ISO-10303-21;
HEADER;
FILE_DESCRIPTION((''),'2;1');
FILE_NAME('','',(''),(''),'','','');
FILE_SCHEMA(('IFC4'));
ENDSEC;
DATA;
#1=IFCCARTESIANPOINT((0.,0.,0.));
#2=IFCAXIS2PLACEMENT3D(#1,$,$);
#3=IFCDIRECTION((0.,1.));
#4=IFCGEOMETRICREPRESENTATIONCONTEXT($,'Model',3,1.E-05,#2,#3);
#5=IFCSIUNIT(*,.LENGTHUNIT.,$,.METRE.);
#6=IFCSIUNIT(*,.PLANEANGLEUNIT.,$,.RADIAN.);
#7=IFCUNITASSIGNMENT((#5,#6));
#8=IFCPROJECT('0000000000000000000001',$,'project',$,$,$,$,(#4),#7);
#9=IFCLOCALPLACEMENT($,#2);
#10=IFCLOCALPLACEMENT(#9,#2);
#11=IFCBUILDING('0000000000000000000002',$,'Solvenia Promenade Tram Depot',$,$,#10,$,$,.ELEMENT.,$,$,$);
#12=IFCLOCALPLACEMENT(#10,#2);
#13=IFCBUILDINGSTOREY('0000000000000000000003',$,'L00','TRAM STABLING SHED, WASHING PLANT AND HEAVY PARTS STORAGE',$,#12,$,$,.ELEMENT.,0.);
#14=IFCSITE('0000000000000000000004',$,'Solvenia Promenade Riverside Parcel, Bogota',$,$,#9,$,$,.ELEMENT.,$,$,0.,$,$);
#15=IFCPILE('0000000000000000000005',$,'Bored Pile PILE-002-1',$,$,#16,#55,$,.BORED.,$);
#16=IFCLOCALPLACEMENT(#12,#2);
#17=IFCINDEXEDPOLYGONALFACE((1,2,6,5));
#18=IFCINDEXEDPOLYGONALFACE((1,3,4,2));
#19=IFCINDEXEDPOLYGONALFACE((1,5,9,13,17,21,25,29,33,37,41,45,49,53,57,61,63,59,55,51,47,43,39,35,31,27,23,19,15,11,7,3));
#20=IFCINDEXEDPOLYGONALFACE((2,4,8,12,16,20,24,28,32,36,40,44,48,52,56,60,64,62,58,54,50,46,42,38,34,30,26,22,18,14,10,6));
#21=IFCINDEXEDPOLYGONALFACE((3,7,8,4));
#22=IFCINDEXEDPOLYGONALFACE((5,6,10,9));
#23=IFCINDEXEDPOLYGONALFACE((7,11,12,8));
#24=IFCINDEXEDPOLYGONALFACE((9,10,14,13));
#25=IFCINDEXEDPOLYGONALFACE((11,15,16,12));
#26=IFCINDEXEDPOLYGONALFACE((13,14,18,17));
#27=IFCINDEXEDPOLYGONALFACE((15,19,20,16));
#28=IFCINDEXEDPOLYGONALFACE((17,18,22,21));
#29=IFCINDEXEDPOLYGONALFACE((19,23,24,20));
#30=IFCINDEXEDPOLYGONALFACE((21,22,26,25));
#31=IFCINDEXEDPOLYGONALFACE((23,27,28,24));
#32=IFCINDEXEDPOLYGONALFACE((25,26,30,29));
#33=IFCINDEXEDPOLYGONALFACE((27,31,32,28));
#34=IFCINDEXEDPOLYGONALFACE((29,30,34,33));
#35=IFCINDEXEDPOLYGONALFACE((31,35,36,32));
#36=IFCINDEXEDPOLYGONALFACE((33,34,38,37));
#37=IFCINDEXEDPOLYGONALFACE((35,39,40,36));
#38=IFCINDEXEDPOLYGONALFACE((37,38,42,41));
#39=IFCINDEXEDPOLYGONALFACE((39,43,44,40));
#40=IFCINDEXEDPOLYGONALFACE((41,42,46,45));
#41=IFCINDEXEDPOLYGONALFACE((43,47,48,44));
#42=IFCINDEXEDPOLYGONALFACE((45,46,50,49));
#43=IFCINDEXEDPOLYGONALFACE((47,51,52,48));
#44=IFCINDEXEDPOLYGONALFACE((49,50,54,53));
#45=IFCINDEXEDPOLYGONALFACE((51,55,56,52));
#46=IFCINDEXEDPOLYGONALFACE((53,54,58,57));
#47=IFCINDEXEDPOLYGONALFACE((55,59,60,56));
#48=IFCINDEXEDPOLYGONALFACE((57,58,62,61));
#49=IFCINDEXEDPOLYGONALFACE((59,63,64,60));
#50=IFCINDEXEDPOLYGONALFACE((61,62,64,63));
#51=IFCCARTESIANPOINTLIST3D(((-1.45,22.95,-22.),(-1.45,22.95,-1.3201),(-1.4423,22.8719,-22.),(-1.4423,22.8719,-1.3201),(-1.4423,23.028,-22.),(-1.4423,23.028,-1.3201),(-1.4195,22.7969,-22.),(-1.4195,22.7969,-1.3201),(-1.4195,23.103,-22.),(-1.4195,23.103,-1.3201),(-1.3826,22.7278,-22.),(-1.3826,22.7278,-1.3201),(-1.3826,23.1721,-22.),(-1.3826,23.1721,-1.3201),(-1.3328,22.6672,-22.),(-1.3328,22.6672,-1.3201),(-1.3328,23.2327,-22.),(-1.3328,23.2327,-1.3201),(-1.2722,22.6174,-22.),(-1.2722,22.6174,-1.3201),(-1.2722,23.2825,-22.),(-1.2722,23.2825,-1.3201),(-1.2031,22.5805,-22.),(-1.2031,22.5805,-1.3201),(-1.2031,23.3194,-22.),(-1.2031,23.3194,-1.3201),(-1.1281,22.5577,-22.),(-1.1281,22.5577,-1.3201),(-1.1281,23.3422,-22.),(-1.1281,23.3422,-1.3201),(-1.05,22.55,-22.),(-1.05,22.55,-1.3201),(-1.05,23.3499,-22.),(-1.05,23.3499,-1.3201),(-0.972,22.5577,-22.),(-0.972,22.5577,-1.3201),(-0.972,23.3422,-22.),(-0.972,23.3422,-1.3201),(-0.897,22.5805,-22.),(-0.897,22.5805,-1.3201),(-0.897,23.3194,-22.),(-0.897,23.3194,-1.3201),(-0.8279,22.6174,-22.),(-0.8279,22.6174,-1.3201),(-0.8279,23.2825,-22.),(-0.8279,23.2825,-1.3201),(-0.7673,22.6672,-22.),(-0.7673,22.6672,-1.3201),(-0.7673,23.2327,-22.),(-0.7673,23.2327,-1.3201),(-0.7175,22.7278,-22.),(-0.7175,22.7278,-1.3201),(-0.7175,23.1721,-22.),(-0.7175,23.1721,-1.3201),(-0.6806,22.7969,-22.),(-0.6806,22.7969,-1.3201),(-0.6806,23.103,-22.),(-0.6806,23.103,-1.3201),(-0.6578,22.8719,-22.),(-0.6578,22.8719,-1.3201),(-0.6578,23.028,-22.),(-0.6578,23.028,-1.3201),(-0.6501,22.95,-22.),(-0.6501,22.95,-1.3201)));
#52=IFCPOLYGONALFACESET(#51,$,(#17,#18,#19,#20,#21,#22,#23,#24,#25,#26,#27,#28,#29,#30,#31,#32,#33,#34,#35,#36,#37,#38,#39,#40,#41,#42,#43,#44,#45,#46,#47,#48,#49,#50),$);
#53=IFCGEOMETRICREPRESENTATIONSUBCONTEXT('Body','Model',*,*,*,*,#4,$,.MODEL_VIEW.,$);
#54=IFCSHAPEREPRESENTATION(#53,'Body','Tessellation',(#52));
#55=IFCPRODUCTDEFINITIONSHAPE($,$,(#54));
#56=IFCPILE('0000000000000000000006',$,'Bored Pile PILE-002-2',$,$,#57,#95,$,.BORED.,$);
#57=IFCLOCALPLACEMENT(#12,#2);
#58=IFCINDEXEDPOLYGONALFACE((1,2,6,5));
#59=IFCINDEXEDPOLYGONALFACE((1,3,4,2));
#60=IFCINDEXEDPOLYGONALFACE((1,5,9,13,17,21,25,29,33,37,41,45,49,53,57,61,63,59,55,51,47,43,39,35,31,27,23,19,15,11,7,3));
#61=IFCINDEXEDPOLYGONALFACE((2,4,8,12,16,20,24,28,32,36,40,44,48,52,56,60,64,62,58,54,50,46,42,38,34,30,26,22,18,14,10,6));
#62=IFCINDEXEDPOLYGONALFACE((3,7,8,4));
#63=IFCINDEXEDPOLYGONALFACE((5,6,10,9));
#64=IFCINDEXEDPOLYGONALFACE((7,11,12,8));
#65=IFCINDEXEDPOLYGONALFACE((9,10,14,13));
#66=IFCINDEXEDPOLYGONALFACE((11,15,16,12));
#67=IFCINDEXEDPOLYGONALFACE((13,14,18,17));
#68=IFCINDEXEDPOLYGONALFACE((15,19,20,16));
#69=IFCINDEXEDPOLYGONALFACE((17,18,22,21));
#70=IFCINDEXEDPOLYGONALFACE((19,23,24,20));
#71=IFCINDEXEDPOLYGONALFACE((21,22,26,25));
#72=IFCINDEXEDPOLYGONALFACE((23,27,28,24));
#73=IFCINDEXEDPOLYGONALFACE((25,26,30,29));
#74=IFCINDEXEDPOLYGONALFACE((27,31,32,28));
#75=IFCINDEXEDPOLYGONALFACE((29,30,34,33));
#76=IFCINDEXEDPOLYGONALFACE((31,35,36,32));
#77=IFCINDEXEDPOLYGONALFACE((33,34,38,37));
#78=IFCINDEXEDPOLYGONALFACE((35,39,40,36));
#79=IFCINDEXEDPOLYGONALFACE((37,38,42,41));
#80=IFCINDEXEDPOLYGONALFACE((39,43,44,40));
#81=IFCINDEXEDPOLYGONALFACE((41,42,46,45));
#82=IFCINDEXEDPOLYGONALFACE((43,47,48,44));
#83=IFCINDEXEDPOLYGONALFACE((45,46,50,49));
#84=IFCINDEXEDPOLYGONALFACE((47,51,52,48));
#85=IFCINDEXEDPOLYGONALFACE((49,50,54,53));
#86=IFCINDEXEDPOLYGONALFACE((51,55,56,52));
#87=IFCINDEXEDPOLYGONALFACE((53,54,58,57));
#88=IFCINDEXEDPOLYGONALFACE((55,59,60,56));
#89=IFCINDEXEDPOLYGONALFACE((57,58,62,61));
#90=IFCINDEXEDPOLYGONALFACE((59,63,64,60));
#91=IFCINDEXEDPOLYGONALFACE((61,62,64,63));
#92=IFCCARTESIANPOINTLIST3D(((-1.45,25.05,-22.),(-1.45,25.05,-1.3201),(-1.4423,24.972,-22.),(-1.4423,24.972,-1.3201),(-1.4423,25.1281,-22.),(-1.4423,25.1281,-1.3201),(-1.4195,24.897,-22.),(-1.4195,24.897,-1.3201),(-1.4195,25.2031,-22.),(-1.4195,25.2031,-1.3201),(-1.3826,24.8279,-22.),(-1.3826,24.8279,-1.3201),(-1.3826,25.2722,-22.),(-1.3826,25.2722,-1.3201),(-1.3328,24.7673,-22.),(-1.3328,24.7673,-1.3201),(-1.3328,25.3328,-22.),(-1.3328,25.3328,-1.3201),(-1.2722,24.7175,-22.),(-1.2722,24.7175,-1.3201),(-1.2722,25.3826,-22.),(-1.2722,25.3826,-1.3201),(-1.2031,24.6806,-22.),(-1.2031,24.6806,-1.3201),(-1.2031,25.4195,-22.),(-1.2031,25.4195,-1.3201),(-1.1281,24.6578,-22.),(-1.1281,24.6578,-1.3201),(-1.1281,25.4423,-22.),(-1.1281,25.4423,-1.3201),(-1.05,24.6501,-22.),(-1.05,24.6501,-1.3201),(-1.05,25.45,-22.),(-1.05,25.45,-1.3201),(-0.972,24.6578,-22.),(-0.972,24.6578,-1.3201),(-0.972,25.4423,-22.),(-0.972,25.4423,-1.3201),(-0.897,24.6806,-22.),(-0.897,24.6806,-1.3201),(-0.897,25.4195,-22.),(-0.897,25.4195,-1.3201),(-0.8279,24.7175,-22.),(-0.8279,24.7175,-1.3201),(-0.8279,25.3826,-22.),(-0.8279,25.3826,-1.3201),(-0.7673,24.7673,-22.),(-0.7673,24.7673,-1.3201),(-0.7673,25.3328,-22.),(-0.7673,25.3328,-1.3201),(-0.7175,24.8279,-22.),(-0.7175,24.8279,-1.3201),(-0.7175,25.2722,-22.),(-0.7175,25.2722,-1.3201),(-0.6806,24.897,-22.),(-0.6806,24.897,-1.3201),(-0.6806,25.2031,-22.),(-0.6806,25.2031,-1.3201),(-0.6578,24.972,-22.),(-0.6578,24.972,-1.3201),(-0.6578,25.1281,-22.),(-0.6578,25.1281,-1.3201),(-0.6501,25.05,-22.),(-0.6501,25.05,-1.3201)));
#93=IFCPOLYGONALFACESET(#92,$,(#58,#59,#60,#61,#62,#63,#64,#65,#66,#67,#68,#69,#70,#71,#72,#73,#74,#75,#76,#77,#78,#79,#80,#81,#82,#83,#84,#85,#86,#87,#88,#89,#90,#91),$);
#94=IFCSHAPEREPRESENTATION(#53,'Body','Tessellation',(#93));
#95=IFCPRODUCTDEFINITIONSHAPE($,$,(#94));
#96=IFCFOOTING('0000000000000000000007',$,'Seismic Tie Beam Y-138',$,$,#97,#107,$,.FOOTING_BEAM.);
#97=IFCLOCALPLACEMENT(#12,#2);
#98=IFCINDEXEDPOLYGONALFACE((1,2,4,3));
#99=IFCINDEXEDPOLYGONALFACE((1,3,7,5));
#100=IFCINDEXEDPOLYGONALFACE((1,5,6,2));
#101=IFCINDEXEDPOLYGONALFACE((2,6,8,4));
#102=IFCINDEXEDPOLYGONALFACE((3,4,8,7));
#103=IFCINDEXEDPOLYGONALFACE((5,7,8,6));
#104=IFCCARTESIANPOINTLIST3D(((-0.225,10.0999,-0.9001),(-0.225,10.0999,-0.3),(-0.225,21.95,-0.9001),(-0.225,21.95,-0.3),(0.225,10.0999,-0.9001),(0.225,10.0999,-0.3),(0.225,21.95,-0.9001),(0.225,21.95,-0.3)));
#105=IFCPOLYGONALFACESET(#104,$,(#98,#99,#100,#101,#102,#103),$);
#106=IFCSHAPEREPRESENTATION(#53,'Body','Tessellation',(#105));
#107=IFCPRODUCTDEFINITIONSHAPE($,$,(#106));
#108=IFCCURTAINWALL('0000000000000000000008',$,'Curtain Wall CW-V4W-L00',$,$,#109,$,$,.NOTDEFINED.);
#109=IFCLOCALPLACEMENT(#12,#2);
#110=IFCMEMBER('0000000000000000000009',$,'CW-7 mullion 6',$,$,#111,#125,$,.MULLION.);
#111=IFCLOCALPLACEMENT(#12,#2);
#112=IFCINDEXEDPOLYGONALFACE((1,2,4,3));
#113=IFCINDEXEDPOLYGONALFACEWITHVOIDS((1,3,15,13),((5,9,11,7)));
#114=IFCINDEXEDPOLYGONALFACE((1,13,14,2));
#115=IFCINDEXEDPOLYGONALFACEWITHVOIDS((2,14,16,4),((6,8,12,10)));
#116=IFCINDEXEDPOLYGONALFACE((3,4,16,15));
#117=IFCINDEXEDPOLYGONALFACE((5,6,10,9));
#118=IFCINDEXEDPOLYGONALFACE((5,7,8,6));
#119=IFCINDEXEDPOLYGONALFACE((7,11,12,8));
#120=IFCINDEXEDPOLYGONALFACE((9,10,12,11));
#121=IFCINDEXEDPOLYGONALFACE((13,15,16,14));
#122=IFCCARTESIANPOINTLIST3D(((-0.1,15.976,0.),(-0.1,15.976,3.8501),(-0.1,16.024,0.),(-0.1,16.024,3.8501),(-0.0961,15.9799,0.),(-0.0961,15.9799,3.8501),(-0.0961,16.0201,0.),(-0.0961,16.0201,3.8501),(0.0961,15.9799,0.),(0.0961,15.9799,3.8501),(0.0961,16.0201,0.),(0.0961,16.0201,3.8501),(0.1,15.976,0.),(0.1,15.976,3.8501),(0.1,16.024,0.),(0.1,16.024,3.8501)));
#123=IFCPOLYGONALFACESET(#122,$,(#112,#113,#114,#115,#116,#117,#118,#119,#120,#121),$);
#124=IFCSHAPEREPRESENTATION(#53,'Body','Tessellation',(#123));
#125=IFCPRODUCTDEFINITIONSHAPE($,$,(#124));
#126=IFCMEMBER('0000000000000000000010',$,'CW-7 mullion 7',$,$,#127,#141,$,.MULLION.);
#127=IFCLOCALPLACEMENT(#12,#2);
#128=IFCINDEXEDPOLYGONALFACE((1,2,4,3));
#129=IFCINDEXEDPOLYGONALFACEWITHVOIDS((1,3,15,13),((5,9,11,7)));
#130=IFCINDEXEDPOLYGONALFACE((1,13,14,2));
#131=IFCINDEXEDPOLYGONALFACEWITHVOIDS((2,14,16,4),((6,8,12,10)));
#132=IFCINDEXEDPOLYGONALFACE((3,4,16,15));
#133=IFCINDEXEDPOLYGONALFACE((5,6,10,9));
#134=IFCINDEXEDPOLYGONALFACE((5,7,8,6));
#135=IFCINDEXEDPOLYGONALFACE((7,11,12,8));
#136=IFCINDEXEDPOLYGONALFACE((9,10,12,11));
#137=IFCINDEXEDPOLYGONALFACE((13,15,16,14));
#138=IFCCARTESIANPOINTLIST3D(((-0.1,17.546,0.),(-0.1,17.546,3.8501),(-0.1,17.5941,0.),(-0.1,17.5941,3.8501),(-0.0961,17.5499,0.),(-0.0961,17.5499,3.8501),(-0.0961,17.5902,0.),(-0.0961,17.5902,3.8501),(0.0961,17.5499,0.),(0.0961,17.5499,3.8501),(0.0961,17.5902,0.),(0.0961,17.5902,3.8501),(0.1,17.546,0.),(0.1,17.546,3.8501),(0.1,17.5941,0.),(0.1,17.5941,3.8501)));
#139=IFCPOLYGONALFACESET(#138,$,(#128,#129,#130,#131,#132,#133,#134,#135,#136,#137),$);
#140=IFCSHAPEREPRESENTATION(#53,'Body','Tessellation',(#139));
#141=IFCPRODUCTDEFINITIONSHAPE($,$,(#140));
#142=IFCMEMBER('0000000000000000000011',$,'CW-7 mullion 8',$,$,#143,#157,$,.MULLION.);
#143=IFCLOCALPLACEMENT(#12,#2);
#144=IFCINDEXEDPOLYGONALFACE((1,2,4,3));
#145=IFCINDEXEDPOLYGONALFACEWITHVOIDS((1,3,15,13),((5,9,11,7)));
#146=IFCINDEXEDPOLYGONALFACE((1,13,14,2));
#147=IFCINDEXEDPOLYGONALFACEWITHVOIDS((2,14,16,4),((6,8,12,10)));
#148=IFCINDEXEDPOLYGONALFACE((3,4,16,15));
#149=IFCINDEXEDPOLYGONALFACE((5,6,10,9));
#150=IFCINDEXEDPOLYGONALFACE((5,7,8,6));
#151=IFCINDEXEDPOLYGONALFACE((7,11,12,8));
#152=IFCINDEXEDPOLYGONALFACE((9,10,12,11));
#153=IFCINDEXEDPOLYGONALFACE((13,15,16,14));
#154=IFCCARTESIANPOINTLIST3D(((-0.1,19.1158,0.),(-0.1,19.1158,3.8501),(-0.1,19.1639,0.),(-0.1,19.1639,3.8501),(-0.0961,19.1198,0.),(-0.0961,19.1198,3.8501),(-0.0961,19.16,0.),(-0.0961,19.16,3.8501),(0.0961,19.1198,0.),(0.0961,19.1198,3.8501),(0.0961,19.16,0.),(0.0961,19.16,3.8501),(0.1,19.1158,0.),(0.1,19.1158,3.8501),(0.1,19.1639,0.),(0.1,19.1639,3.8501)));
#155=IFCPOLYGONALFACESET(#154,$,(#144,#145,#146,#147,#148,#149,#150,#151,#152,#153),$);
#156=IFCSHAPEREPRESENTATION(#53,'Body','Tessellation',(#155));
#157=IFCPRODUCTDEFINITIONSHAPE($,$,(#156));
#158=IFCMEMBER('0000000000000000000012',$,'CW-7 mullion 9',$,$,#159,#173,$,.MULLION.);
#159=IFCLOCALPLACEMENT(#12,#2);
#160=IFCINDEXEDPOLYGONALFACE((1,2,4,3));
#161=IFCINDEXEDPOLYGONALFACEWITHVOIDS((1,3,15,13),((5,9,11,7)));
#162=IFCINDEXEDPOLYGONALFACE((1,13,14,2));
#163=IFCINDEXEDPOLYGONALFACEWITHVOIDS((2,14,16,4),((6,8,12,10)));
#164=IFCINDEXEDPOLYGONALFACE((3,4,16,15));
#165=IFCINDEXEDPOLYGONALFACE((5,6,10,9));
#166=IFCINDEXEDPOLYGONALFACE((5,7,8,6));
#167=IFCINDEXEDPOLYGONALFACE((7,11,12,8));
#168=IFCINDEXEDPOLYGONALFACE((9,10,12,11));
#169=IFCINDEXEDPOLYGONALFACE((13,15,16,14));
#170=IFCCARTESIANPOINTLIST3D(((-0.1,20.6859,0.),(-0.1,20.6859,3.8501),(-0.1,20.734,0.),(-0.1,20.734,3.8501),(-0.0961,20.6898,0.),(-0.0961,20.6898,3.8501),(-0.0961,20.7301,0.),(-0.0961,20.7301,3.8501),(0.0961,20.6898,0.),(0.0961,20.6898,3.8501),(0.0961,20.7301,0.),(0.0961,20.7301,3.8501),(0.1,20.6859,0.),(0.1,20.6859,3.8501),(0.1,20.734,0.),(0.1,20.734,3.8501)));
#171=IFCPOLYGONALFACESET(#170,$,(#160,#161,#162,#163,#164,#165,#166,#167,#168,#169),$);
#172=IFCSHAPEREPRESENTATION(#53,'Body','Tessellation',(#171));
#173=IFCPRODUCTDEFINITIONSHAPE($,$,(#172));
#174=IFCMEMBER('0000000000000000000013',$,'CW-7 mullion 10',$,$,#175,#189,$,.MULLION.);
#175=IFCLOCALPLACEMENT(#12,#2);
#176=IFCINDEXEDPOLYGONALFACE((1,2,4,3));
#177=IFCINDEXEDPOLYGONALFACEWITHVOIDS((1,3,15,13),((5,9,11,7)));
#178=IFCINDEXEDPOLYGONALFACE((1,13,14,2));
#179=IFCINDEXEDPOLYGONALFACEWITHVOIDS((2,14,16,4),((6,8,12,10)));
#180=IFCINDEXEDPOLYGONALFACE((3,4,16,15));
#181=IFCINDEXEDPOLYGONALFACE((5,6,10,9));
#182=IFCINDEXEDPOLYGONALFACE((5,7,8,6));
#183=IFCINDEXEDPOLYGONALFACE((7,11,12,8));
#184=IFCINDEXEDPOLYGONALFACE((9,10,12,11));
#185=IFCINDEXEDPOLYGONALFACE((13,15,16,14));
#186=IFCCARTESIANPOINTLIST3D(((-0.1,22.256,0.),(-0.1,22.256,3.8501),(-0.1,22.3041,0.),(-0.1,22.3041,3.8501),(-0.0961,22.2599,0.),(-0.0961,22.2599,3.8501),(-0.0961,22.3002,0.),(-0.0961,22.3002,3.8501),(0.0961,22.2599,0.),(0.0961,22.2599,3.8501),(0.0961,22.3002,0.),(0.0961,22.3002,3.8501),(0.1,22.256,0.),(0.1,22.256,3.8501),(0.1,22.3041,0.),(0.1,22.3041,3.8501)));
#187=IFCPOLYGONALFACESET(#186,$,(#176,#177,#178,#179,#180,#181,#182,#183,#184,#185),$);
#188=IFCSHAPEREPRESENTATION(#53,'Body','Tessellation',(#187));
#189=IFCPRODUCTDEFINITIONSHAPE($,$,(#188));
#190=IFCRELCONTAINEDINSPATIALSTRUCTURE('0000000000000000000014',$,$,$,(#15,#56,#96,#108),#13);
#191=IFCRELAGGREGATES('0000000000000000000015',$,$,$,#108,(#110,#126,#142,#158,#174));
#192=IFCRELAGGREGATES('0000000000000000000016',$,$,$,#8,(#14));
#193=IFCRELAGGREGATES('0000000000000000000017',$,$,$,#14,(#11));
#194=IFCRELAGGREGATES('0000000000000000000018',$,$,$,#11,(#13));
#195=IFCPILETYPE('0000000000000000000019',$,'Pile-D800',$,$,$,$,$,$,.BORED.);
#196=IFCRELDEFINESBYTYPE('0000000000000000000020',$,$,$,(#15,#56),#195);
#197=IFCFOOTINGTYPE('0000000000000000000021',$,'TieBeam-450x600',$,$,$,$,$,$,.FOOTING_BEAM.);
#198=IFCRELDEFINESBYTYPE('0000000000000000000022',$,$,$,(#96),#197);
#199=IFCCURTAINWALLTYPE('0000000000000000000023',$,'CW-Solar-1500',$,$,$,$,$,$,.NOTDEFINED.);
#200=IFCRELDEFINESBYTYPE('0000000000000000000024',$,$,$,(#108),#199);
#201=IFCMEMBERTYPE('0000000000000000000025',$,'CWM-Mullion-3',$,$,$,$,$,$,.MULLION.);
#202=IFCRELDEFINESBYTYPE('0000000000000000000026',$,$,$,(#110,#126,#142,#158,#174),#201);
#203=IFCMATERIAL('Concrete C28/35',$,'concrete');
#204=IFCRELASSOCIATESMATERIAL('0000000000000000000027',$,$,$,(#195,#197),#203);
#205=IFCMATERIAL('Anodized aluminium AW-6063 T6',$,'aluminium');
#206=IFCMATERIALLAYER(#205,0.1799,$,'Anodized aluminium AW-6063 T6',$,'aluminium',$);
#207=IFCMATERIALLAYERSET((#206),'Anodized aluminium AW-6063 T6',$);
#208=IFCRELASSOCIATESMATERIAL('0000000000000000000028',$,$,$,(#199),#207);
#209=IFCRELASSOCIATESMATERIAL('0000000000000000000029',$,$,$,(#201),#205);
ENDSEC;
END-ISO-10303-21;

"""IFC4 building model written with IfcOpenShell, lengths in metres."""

from ifc_helpers import new_model, si_unit, direction, frame, origin, origin_2d, place, context, subcontext, project, spatial, rectangle, hollow_rectangle, circle, extrude, material, layer, layer_set, material_profile, profile_set, type_object, element, aggregate, save


model = new_model("IFC4")

# Units and contexts
model_context = context("Model", 3, precision=1e-05, world=origin(), true_north=direction((0.0, 1.0)))
body_context = subcontext(model_context, "Body", "Model", "MODEL_VIEW")
ifc_project = project(units=[si_unit("LENGTHUNIT", "METRE"), si_unit("PLANEANGLEUNIT", "RADIAN")], contexts=[model_context])

# Site, building, storey
site_placement = place(None, origin())
site = spatial("IfcSite", under=ifc_project, at=site_placement, Name="Solvenia Promenade Riverside Parcel, Bogota", CompositionType="ELEMENT", RefElevation=0.0)
building_placement = place(site_placement, origin())
building = spatial("IfcBuilding", under=site, at=building_placement, Name="Solvenia Promenade Tram Depot", CompositionType="ELEMENT")
storey_placement = place(building_placement, origin())
storey = spatial("IfcBuildingStorey", under=building, at=storey_placement, Name="L00", Description="TRAM STABLING SHED, WASHING PLANT AND HEAVY PARTS STORAGE", CompositionType="ELEMENT", Elevation=0.0)

# Piles
ifc_material_1 = material(Name="Concrete C28/35", Category="concrete")
ifc_material_profile_1 = material_profile(ifc_material_1, circle(Radius=0.3999, at=origin_2d()), Name="D800", Category="concrete")
ifc_profile_set_1 = profile_set([ifc_material_profile_1], Name="Concrete C28/35")
pile_type = type_object("IfcPileType", Name="Pile-D800", PredefinedType="BORED", material=ifc_profile_set_1)
for number, where, z_axis, x_axis, name in (
    (1, (-1.05, 22.95, -1.3201), (0.0, 0.0, -1.0), (1.0, 0.0, 0.0), "Bored Pile PILE-002-1"),
    (2, (-1.05, 25.05, -1.3201), (0.0, 0.0, -1.0), (1.0, 0.0, 0.0), "Bored Pile PILE-002-2"),
):
    element("IfcPile", number, at=place(storey_placement, frame(where, z_axis=z_axis, x_axis=x_axis)), inside=storey, type_object=pile_type, Name=name, PredefinedType="BORED", context=body_context, shape_type="SweptSolid", body=[
        extrude(circle(Radius=0.3999, at=origin_2d()), origin(), (0.0, 0.0, 1.0), 20.6799),
    ])

# Footing
footing_type = type_object("IfcFootingType", Name="TieBeam-450x600", PredefinedType="FOOTING_BEAM", material=ifc_material_1)
footing_placement = place(storey_placement, frame((0.0, 16.0249, -0.9001), z_axis=(0.0, 0.0, 1.0), x_axis=(1.0, 0.0, 0.0)))
element("IfcFooting", 3, at=footing_placement, inside=storey, type_object=footing_type, Name="Seismic Tie Beam Y-138", PredefinedType="FOOTING_BEAM", context=body_context, shape_type="SweptSolid", body=[
    extrude(rectangle(XDim=0.45, YDim=11.8501, at=origin_2d()), origin(), (0.0, 0.0, 1.0), 0.6001),
])

# Curtain wall, members
ifc_material_2 = material(Name="Anodized aluminium AW-6063 T6", Category="aluminium")
ifc_layer_1 = layer(ifc_material_2, 0.1799, Name="Anodized aluminium AW-6063 T6", Category="aluminium")
ifc_layer_set_1 = layer_set([ifc_layer_1], Name="Anodized aluminium AW-6063 T6")
curtain_wall_type = type_object("IfcCurtainWallType", Name="CW-Solar-1500", PredefinedType="NOTDEFINED", material=ifc_layer_set_1)
curtain_wall_placement = place(storey_placement, origin())
curtain_wall = element("IfcCurtainWall", 4, at=curtain_wall_placement, inside=storey, type_object=curtain_wall_type, Name="Curtain Wall CW-V4W-L00", PredefinedType="NOTDEFINED")
ifc_material_profile_2 = material_profile(ifc_material_2, hollow_rectangle(XDim=0.2, YDim=0.0481, WallThickness=0.0039, at=origin_2d()), Name="ALU-M3", Category="aluminium")
ifc_profile_set_2 = profile_set([ifc_material_profile_2], Name="Anodized aluminium AW-6063 T6")
member_type_1 = type_object("IfcMemberType", Name="CWM-Mullion-3", PredefinedType="MULLION", material=ifc_profile_set_2)
member_1_placement = place(storey_placement, frame((0.0, 16.0, 0.0), z_axis=(0.0, 0.0, 1.0), x_axis=(-1.0, 0.0, 0.0)))
member_1 = element("IfcMember", 5, at=member_1_placement, type_object=member_type_1, Name="CW-7 mullion 6", PredefinedType="MULLION", context=body_context, shape_type="SweptSolid", body=[
    extrude(hollow_rectangle(XDim=0.2, YDim=0.0481, WallThickness=0.0039, at=origin_2d()), origin(), (0.0, 0.0, 1.0), 3.8501),
])
member_2_placement = place(storey_placement, frame((0.0, 17.5701, 0.0), z_axis=(0.0, 0.0, 1.0), x_axis=(-1.0, 0.0, 0.0)))
member_2 = element("IfcMember", 6, at=member_2_placement, type_object=member_type_1, Name="CW-7 mullion 7", PredefinedType="MULLION", context=body_context, shape_type="SweptSolid", body=[
    extrude(hollow_rectangle(XDim=0.2, YDim=0.0481, WallThickness=0.0039, at=origin_2d()), origin(), (0.0, 0.0, 1.0), 3.8501),
])
member_3_placement = place(storey_placement, frame((0.0, 19.1399, 0.0), z_axis=(0.0, 0.0, 1.0), x_axis=(-1.0, 0.0, 0.0)))
member_3 = element("IfcMember", 7, at=member_3_placement, type_object=member_type_1, Name="CW-7 mullion 8", PredefinedType="MULLION", context=body_context, shape_type="SweptSolid", body=[
    extrude(hollow_rectangle(XDim=0.2, YDim=0.0481, WallThickness=0.0039, at=origin_2d()), origin(), (0.0, 0.0, 1.0), 3.8501),
])
member_4_placement = place(storey_placement, frame((0.0, 20.71, 0.0), z_axis=(0.0, 0.0, 1.0), x_axis=(-1.0, 0.0, 0.0)))
member_4 = element("IfcMember", 8, at=member_4_placement, type_object=member_type_1, Name="CW-7 mullion 9", PredefinedType="MULLION", context=body_context, shape_type="SweptSolid", body=[
    extrude(hollow_rectangle(XDim=0.2, YDim=0.0481, WallThickness=0.0039, at=origin_2d()), origin(), (0.0, 0.0, 1.0), 3.8501),
])
member_5_placement = place(storey_placement, frame((0.0, 22.28, 0.0), z_axis=(0.0, 0.0, 1.0), x_axis=(-1.0, 0.0, 0.0)))
member_5 = element("IfcMember", 9, at=member_5_placement, type_object=member_type_1, Name="CW-7 mullion 10", PredefinedType="MULLION", context=body_context, shape_type="SweptSolid", body=[
    extrude(hollow_rectangle(XDim=0.2, YDim=0.0481, WallThickness=0.0039, at=origin_2d()), origin(), (0.0, 0.0, 1.0), 3.8501),
])
aggregate(curtain_wall, [member_1, member_2, member_3, member_4, member_5])

save(model, "model.ifc")
